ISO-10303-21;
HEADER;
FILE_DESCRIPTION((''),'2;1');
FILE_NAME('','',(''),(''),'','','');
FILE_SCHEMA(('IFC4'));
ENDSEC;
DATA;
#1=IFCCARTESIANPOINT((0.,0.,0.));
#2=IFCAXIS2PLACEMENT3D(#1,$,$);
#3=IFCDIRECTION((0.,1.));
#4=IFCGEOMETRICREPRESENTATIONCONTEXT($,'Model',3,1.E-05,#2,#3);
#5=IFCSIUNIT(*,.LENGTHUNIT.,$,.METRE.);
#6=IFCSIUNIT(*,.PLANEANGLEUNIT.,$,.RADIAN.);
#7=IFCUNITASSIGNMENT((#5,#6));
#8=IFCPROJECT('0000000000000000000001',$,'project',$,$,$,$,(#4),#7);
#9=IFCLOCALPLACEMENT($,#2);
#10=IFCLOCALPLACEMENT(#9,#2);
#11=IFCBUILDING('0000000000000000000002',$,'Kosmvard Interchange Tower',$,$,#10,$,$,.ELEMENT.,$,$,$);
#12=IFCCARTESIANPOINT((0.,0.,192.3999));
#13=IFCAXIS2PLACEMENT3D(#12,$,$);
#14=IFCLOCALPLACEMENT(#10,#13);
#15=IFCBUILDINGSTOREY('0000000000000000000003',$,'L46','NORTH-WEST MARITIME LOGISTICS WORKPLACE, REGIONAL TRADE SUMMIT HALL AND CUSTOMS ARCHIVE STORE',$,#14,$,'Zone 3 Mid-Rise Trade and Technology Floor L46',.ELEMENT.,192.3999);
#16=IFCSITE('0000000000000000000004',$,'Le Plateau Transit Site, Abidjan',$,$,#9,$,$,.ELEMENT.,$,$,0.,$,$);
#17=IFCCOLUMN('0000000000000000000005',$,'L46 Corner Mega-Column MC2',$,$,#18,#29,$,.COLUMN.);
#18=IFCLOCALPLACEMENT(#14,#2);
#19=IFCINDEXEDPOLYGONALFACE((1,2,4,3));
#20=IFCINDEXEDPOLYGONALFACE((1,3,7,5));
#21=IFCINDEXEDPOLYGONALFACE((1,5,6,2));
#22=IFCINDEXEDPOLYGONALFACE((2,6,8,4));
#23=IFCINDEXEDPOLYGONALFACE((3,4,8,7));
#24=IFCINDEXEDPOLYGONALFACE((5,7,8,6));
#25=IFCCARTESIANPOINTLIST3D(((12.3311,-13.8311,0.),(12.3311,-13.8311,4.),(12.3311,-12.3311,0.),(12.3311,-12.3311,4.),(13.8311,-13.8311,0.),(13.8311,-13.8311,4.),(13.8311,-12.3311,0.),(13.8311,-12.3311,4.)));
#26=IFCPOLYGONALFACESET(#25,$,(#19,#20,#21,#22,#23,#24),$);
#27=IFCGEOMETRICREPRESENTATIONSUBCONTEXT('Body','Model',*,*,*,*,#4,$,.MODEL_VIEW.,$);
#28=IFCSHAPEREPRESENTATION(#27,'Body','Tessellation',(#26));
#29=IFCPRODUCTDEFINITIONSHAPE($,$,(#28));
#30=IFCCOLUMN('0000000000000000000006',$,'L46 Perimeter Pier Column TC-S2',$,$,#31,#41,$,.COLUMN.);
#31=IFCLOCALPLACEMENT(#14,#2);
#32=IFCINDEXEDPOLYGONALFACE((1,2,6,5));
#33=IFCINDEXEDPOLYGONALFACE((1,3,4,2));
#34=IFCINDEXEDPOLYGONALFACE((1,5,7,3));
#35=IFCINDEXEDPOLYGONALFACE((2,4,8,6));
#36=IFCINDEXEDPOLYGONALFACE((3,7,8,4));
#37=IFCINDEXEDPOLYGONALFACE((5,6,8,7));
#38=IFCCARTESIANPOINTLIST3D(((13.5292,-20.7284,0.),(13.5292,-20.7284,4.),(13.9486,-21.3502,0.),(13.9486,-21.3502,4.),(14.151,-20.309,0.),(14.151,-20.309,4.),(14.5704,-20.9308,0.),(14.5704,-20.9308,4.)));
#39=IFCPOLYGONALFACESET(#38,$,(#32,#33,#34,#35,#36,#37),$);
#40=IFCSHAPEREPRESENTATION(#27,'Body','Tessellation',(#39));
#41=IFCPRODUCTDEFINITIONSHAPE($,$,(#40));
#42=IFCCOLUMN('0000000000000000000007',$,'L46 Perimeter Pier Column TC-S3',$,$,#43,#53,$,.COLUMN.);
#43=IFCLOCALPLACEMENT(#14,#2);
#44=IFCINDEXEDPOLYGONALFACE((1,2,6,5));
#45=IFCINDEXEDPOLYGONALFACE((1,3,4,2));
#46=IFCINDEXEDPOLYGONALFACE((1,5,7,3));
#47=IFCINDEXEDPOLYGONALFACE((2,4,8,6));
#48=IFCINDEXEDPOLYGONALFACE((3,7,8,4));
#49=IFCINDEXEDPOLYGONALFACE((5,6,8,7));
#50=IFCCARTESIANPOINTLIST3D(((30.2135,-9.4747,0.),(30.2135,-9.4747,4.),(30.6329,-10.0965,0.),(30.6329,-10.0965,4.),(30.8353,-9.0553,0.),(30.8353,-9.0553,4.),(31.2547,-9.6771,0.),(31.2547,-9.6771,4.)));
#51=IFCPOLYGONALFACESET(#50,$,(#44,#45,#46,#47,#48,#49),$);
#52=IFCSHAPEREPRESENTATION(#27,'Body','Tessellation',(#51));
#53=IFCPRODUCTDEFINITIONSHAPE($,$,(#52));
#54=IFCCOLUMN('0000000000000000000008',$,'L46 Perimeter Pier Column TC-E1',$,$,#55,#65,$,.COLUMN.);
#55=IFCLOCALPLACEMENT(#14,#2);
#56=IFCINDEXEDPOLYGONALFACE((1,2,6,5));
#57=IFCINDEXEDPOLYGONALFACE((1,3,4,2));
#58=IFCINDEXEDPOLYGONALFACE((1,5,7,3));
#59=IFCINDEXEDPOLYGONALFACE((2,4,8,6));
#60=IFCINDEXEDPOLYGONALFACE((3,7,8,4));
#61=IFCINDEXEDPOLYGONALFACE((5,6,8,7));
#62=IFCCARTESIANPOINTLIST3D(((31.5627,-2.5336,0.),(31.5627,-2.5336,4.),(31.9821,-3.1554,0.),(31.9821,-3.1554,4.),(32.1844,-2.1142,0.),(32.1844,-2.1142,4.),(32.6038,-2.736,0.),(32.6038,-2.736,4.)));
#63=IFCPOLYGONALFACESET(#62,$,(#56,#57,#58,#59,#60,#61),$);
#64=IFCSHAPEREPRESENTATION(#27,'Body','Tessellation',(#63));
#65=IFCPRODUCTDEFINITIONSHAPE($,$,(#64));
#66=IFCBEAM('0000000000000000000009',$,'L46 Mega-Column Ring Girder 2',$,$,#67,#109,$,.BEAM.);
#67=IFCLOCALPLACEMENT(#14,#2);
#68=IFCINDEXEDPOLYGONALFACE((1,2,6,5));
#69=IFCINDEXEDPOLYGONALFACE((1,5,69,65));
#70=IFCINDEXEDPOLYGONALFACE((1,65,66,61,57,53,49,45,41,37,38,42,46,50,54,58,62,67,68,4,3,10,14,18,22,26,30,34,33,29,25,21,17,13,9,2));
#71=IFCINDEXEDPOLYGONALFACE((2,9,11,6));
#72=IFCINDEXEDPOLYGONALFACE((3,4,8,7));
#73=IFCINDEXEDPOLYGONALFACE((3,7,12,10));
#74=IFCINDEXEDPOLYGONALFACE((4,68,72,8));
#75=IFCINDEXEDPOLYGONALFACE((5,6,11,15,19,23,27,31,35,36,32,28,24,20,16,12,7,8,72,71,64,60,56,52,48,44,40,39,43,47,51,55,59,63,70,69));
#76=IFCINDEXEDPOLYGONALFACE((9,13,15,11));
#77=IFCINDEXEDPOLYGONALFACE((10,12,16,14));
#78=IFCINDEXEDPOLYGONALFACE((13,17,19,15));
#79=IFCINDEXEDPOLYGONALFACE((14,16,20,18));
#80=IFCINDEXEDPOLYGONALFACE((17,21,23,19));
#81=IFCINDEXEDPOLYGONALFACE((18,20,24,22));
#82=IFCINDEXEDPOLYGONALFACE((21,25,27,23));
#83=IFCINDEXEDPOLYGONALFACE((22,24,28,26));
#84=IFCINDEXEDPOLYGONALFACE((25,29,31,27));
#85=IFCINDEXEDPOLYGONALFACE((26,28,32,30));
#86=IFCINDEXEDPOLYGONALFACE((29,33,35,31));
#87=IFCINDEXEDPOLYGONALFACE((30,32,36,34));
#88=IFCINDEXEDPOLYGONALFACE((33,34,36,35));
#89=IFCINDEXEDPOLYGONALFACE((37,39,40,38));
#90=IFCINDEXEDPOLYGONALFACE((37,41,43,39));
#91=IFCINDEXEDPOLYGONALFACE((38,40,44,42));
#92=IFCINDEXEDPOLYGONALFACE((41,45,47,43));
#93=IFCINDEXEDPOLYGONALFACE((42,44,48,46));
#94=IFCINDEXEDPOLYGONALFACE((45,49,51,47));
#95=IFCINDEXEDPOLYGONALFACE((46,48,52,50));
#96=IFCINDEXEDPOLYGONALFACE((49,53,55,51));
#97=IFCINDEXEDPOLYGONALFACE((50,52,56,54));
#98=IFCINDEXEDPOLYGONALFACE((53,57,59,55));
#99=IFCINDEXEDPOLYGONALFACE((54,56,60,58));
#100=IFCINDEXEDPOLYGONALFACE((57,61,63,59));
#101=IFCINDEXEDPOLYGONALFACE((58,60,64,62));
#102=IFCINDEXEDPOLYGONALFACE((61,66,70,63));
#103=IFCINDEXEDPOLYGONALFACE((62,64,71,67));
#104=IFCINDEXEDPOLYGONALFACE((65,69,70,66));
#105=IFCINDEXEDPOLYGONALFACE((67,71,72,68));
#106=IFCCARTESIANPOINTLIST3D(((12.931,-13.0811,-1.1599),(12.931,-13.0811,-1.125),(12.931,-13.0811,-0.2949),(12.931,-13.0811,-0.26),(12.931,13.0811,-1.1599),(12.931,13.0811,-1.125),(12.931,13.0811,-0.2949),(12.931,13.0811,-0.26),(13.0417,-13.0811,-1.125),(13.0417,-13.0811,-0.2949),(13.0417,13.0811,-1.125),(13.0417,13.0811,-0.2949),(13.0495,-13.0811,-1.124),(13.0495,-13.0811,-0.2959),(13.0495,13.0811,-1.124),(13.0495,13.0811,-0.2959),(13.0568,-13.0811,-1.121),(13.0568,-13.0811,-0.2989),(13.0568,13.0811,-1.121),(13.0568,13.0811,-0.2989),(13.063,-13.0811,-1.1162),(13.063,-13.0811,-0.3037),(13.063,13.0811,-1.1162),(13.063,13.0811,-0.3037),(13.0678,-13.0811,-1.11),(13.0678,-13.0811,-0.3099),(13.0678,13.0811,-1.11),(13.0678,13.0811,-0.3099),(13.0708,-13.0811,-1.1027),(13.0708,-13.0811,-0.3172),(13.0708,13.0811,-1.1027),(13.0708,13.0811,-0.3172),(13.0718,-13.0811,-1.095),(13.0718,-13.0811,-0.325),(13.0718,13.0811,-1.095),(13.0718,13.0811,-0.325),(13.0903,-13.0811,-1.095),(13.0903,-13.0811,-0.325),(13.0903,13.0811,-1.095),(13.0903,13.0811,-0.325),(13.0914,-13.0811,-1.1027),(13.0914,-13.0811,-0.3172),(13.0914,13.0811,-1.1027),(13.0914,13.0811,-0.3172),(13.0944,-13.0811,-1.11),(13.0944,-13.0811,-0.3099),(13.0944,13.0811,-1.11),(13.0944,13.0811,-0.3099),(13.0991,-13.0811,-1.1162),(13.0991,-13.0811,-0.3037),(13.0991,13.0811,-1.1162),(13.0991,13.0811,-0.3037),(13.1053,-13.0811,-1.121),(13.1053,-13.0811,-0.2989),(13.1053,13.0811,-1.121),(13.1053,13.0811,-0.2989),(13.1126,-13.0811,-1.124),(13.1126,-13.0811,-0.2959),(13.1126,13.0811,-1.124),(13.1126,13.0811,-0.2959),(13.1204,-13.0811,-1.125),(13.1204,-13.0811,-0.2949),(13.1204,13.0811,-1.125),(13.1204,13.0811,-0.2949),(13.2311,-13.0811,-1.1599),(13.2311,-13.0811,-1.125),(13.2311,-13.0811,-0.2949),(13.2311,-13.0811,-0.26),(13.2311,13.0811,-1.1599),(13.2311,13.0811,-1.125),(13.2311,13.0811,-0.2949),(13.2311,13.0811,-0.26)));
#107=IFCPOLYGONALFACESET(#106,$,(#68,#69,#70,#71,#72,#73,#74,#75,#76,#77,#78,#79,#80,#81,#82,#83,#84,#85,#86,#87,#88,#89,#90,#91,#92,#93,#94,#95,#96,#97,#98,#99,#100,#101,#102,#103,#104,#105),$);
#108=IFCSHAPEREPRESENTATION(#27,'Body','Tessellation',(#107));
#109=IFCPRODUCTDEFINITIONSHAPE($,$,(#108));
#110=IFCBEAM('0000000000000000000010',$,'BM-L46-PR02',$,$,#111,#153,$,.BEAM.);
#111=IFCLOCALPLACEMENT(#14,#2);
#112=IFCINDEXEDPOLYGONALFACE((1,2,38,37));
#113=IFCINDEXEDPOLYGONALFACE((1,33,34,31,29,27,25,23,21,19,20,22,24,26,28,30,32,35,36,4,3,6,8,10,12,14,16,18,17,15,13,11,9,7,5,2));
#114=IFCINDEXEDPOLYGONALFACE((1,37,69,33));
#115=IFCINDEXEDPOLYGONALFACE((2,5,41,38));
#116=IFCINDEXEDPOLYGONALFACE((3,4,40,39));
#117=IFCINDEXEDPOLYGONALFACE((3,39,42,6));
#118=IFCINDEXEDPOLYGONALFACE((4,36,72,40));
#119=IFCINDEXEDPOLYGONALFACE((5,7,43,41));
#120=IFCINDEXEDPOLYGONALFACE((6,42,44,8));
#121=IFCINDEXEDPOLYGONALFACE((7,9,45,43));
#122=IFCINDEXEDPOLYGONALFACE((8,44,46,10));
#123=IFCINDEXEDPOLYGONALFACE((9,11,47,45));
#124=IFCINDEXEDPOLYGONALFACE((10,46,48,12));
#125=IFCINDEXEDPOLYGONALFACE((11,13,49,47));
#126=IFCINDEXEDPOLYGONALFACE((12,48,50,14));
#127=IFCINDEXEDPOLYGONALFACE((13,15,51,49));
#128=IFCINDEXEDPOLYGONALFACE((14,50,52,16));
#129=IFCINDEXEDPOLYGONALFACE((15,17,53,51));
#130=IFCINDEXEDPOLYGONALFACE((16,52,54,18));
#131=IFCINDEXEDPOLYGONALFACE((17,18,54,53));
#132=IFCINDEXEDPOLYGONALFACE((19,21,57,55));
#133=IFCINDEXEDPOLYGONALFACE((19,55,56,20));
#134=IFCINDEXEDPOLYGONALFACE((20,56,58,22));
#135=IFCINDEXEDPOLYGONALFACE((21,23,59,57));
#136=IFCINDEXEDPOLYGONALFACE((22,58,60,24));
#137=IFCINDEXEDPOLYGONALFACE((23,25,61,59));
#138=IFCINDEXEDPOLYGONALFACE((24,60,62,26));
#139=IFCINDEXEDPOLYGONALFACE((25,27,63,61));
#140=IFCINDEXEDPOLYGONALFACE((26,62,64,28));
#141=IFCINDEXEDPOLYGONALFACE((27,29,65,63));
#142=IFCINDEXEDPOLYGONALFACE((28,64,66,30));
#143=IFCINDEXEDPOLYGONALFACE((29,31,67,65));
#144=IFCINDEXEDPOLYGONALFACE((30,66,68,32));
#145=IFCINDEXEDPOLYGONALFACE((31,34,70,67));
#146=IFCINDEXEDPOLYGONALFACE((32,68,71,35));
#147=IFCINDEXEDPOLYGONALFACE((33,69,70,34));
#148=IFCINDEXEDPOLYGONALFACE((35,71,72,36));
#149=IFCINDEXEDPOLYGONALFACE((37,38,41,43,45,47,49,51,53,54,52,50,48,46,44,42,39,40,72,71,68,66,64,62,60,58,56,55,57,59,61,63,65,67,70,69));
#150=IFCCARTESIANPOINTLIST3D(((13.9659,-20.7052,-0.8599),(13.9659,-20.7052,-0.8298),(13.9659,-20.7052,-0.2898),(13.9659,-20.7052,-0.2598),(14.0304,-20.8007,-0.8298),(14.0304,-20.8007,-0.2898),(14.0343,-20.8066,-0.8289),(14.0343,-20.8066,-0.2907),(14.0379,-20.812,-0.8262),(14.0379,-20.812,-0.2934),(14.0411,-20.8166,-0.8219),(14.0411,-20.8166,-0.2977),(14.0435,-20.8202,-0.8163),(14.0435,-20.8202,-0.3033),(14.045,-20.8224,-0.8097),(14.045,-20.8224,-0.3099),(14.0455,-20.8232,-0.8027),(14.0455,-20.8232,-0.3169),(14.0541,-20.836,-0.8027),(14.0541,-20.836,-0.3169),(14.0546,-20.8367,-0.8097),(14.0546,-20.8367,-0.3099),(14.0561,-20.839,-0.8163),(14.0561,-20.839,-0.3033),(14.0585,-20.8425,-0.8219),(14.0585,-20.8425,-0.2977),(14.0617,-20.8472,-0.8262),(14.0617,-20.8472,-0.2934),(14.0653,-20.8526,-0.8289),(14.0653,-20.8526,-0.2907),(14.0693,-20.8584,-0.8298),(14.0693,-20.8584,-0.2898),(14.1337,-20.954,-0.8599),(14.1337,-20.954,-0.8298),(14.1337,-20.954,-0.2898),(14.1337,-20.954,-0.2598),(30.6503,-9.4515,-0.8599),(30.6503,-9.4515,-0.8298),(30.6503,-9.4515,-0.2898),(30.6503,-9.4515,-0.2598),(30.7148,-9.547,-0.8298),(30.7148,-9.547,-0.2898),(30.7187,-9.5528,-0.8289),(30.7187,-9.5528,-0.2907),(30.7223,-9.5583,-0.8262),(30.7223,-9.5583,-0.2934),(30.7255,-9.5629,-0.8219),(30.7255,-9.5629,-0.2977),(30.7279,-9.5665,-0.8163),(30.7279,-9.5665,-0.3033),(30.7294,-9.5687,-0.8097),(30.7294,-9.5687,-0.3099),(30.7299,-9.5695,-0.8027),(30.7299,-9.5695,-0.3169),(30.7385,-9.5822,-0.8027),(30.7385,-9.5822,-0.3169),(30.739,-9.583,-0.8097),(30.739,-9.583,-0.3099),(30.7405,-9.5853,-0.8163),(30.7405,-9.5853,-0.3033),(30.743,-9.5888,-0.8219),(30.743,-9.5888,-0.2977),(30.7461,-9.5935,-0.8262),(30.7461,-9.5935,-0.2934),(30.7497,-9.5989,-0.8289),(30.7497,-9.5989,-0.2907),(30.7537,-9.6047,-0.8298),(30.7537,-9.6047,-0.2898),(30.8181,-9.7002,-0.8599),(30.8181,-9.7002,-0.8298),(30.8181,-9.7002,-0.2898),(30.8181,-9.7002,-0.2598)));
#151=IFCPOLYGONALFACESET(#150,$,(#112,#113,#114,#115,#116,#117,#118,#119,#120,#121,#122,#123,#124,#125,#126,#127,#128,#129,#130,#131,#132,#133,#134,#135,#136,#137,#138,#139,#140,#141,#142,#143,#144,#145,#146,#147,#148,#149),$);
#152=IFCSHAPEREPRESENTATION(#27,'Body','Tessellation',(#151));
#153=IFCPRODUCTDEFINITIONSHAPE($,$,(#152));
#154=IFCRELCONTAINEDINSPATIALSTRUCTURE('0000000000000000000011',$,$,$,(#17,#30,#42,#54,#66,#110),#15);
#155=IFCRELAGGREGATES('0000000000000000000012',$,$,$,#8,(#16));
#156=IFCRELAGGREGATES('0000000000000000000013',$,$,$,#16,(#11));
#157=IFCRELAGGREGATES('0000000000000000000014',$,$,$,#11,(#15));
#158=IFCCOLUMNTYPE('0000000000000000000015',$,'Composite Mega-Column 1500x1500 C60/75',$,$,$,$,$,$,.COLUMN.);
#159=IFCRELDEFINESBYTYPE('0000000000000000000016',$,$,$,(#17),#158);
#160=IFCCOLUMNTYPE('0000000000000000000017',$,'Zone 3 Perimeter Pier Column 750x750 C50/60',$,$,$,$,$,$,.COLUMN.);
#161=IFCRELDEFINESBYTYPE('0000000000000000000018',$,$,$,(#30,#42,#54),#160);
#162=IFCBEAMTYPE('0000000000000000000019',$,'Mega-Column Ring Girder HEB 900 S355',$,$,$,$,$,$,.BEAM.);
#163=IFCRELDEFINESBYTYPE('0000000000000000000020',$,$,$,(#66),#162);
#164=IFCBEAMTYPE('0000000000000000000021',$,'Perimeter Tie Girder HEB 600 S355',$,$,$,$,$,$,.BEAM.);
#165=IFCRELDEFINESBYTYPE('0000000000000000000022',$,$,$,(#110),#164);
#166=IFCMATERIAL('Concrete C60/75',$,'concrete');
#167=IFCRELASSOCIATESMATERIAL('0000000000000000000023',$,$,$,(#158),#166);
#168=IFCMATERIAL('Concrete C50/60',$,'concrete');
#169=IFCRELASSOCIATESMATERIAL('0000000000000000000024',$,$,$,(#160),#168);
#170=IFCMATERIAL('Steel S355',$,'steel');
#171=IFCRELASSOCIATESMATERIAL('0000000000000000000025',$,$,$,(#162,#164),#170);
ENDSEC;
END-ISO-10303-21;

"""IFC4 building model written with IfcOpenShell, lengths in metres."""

from ifc_helpers import new_model, si_unit, direction, frame, origin, origin_2d, place, context, subcontext, project, spatial, rectangle, i_section, extrude, source, transform, mapped, material, material_profile, profile_set, type_object, element, save


model = new_model("IFC4")

# Units and contexts
model_context = context("Model", 3, precision=1e-05, world=origin(), true_north=direction((0.0, 1.0)))
body_context = subcontext(model_context, "Body", "Model", "MODEL_VIEW")
ifc_project = project(units=[si_unit("LENGTHUNIT", "METRE"), si_unit("PLANEANGLEUNIT", "RADIAN")], contexts=[model_context])

# Site, building, storey
site_placement = place(None, origin())
site = spatial("IfcSite", under=ifc_project, at=site_placement, Name="Le Plateau Transit Site, Abidjan", CompositionType="ELEMENT", RefElevation=0.0)
building_placement = place(site_placement, origin())
building = spatial("IfcBuilding", under=site, at=building_placement, Name="Kosmvard Interchange Tower", CompositionType="ELEMENT")
storey_placement = place(building_placement, frame((0.0, 0.0, 192.3999)))
storey = spatial("IfcBuildingStorey", under=building, at=storey_placement, Name="L46", Description="NORTH-WEST MARITIME LOGISTICS WORKPLACE, REGIONAL TRADE SUMMIT HALL AND CUSTOMS ARCHIVE STORE", LongName="Zone 3 Mid-Rise Trade and Technology Floor L46", CompositionType="ELEMENT", Elevation=192.3999)

# Columns
ifc_material_1 = material(Name="Concrete C60/75", Category="concrete")
ifc_material_profile_1 = material_profile(ifc_material_1, rectangle(XDim=1.5, YDim=1.5, at=origin_2d()), Name="MC 1500x1500")
ifc_profile_set_1 = profile_set([ifc_material_profile_1], Name="Concrete C60/75")
column_type_1 = type_object("IfcColumnType", Name="Composite Mega-Column 1500x1500 C60/75", PredefinedType="COLUMN", material=ifc_profile_set_1)
shared_shape_1 = source(origin(), body_context, "Body", "SweptSolid", [
    extrude(rectangle(XDim=1.5, YDim=1.5, at=origin_2d()), origin(), (0.0, 0.0, 1.0), 4.0),
])
column_placement = place(storey_placement, frame((13.0811, -13.0811, 0.0), z_axis=(0.0, 0.0, 1.0), x_axis=(1.0, 0.0, 0.0)))
element("IfcColumn", 1, at=column_placement, inside=storey, type_object=column_type_1, Name="L46 Corner Mega-Column MC2", PredefinedType="COLUMN", context=body_context, shape_type="MappedRepresentation", body=[
    mapped(shared_shape_1, transform((0.0, 0.0, 0.0), scale=1.0)),
])
ifc_material_2 = material(Name="Concrete C50/60", Category="concrete")
ifc_material_profile_2 = material_profile(ifc_material_2, rectangle(XDim=0.75, YDim=0.75, at=origin_2d()), Name="TC 750x750")
ifc_profile_set_2 = profile_set([ifc_material_profile_2], Name="Concrete C50/60")
column_type_2 = type_object("IfcColumnType", Name="Zone 3 Perimeter Pier Column 750x750 C50/60", PredefinedType="COLUMN", material=ifc_profile_set_2)
shared_shape_2 = source(origin(), body_context, "Body", "SweptSolid", [
    extrude(rectangle(XDim=0.75, YDim=0.75, at=origin_2d()), origin(), (0.0, 0.0, 1.0), 4.0),
])
for number, where, z_axis, x_axis, name in (
    (2, (14.0498, -20.8296, 0.0), (0.0, 0.0, 1.0), (0.829038, 0.559193, 0.0), "L46 Perimeter Pier Column TC-S2"),
    (3, (30.7341, -9.5759, 0.0), (0.0, 0.0, 1.0), (0.829038, 0.559193, 0.0), "L46 Perimeter Pier Column TC-S3"),
    (4, (32.0833, -2.6348, 0.0), (0.0, 0.0, 1.0), (0.829038, 0.559193, 0.0), "L46 Perimeter Pier Column TC-E1"),
):
    element("IfcColumn", number, at=place(storey_placement, frame(where, z_axis=z_axis, x_axis=x_axis)), inside=storey, type_object=column_type_2, Name=name, PredefinedType="COLUMN", context=body_context, shape_type="MappedRepresentation", body=[
        mapped(shared_shape_2, transform((0.0, 0.0, 0.0), scale=1.0)),
    ])

# Beams
ifc_material_3 = material(Name="Steel S355", Category="steel")
ifc_material_profile_3 = material_profile(ifc_material_3, i_section(OverallWidth=0.3, OverallDepth=0.8999, WebThickness=0.0186, FlangeThickness=0.0349, FilletRadius=0.03, at=origin_2d()), Name="HEB 900")
ifc_profile_set_3 = profile_set([ifc_material_profile_3], Name="Steel S355")
beam_type_1 = type_object("IfcBeamType", Name="Mega-Column Ring Girder HEB 900 S355", PredefinedType="BEAM", material=ifc_profile_set_3)
shared_shape_3 = source(origin(), body_context, "Body", "SweptSolid", [
    extrude(i_section(OverallWidth=0.3, OverallDepth=0.8999, WebThickness=0.0186, FlangeThickness=0.0349, FilletRadius=0.03, at=origin_2d()), origin(), (0.0, 0.0, 1.0), 26.1621),
])
beam_1_placement = place(storey_placement, frame((13.0811, -13.0811, -0.71), z_axis=(0.0, 1.0, 0.0), x_axis=(-1.0, 0.0, 0.0)))
element("IfcBeam", 5, at=beam_1_placement, inside=storey, type_object=beam_type_1, Name="L46 Mega-Column Ring Girder 2", PredefinedType="BEAM", context=body_context, shape_type="MappedRepresentation", body=[
    mapped(shared_shape_3, transform((0.0, 0.0, 0.0), scale=1.0)),
])
ifc_material_profile_4 = material_profile(ifc_material_3, i_section(OverallWidth=0.3, OverallDepth=0.6001, WebThickness=0.0154, FlangeThickness=0.03, FilletRadius=0.0271, at=origin_2d()), Name="HEB 600")
ifc_profile_set_4 = profile_set([ifc_material_profile_4], Name="Steel S355")
beam_type_2 = type_object("IfcBeamType", Name="Perimeter Tie Girder HEB 600 S355", PredefinedType="BEAM", material=ifc_profile_set_4)
shared_shape_4 = source(origin(), body_context, "Body", "SweptSolid", [
    extrude(i_section(OverallWidth=0.3, OverallDepth=0.6001, WebThickness=0.0154, FlangeThickness=0.03, FilletRadius=0.0271, at=origin_2d()), origin(), (0.0, 0.0, 1.0), 20.125),
])
for number, where, z_axis, x_axis, name in (
    (6, (14.0498, -20.8296, -0.5598), (0.829039, 0.559191, 0.0), (-0.559191, 0.829039, 0.0), "BM-L46-PR02"),
):
    element("IfcBeam", number, at=place(storey_placement, frame(where, z_axis=z_axis, x_axis=x_axis)), inside=storey, type_object=beam_type_2, Name=name, PredefinedType="BEAM", context=body_context, shape_type="MappedRepresentation", body=[
        mapped(shared_shape_4, transform((0.0, 0.0, 0.0), scale=1.0)),
    ])

save(model, "model.ifc")
